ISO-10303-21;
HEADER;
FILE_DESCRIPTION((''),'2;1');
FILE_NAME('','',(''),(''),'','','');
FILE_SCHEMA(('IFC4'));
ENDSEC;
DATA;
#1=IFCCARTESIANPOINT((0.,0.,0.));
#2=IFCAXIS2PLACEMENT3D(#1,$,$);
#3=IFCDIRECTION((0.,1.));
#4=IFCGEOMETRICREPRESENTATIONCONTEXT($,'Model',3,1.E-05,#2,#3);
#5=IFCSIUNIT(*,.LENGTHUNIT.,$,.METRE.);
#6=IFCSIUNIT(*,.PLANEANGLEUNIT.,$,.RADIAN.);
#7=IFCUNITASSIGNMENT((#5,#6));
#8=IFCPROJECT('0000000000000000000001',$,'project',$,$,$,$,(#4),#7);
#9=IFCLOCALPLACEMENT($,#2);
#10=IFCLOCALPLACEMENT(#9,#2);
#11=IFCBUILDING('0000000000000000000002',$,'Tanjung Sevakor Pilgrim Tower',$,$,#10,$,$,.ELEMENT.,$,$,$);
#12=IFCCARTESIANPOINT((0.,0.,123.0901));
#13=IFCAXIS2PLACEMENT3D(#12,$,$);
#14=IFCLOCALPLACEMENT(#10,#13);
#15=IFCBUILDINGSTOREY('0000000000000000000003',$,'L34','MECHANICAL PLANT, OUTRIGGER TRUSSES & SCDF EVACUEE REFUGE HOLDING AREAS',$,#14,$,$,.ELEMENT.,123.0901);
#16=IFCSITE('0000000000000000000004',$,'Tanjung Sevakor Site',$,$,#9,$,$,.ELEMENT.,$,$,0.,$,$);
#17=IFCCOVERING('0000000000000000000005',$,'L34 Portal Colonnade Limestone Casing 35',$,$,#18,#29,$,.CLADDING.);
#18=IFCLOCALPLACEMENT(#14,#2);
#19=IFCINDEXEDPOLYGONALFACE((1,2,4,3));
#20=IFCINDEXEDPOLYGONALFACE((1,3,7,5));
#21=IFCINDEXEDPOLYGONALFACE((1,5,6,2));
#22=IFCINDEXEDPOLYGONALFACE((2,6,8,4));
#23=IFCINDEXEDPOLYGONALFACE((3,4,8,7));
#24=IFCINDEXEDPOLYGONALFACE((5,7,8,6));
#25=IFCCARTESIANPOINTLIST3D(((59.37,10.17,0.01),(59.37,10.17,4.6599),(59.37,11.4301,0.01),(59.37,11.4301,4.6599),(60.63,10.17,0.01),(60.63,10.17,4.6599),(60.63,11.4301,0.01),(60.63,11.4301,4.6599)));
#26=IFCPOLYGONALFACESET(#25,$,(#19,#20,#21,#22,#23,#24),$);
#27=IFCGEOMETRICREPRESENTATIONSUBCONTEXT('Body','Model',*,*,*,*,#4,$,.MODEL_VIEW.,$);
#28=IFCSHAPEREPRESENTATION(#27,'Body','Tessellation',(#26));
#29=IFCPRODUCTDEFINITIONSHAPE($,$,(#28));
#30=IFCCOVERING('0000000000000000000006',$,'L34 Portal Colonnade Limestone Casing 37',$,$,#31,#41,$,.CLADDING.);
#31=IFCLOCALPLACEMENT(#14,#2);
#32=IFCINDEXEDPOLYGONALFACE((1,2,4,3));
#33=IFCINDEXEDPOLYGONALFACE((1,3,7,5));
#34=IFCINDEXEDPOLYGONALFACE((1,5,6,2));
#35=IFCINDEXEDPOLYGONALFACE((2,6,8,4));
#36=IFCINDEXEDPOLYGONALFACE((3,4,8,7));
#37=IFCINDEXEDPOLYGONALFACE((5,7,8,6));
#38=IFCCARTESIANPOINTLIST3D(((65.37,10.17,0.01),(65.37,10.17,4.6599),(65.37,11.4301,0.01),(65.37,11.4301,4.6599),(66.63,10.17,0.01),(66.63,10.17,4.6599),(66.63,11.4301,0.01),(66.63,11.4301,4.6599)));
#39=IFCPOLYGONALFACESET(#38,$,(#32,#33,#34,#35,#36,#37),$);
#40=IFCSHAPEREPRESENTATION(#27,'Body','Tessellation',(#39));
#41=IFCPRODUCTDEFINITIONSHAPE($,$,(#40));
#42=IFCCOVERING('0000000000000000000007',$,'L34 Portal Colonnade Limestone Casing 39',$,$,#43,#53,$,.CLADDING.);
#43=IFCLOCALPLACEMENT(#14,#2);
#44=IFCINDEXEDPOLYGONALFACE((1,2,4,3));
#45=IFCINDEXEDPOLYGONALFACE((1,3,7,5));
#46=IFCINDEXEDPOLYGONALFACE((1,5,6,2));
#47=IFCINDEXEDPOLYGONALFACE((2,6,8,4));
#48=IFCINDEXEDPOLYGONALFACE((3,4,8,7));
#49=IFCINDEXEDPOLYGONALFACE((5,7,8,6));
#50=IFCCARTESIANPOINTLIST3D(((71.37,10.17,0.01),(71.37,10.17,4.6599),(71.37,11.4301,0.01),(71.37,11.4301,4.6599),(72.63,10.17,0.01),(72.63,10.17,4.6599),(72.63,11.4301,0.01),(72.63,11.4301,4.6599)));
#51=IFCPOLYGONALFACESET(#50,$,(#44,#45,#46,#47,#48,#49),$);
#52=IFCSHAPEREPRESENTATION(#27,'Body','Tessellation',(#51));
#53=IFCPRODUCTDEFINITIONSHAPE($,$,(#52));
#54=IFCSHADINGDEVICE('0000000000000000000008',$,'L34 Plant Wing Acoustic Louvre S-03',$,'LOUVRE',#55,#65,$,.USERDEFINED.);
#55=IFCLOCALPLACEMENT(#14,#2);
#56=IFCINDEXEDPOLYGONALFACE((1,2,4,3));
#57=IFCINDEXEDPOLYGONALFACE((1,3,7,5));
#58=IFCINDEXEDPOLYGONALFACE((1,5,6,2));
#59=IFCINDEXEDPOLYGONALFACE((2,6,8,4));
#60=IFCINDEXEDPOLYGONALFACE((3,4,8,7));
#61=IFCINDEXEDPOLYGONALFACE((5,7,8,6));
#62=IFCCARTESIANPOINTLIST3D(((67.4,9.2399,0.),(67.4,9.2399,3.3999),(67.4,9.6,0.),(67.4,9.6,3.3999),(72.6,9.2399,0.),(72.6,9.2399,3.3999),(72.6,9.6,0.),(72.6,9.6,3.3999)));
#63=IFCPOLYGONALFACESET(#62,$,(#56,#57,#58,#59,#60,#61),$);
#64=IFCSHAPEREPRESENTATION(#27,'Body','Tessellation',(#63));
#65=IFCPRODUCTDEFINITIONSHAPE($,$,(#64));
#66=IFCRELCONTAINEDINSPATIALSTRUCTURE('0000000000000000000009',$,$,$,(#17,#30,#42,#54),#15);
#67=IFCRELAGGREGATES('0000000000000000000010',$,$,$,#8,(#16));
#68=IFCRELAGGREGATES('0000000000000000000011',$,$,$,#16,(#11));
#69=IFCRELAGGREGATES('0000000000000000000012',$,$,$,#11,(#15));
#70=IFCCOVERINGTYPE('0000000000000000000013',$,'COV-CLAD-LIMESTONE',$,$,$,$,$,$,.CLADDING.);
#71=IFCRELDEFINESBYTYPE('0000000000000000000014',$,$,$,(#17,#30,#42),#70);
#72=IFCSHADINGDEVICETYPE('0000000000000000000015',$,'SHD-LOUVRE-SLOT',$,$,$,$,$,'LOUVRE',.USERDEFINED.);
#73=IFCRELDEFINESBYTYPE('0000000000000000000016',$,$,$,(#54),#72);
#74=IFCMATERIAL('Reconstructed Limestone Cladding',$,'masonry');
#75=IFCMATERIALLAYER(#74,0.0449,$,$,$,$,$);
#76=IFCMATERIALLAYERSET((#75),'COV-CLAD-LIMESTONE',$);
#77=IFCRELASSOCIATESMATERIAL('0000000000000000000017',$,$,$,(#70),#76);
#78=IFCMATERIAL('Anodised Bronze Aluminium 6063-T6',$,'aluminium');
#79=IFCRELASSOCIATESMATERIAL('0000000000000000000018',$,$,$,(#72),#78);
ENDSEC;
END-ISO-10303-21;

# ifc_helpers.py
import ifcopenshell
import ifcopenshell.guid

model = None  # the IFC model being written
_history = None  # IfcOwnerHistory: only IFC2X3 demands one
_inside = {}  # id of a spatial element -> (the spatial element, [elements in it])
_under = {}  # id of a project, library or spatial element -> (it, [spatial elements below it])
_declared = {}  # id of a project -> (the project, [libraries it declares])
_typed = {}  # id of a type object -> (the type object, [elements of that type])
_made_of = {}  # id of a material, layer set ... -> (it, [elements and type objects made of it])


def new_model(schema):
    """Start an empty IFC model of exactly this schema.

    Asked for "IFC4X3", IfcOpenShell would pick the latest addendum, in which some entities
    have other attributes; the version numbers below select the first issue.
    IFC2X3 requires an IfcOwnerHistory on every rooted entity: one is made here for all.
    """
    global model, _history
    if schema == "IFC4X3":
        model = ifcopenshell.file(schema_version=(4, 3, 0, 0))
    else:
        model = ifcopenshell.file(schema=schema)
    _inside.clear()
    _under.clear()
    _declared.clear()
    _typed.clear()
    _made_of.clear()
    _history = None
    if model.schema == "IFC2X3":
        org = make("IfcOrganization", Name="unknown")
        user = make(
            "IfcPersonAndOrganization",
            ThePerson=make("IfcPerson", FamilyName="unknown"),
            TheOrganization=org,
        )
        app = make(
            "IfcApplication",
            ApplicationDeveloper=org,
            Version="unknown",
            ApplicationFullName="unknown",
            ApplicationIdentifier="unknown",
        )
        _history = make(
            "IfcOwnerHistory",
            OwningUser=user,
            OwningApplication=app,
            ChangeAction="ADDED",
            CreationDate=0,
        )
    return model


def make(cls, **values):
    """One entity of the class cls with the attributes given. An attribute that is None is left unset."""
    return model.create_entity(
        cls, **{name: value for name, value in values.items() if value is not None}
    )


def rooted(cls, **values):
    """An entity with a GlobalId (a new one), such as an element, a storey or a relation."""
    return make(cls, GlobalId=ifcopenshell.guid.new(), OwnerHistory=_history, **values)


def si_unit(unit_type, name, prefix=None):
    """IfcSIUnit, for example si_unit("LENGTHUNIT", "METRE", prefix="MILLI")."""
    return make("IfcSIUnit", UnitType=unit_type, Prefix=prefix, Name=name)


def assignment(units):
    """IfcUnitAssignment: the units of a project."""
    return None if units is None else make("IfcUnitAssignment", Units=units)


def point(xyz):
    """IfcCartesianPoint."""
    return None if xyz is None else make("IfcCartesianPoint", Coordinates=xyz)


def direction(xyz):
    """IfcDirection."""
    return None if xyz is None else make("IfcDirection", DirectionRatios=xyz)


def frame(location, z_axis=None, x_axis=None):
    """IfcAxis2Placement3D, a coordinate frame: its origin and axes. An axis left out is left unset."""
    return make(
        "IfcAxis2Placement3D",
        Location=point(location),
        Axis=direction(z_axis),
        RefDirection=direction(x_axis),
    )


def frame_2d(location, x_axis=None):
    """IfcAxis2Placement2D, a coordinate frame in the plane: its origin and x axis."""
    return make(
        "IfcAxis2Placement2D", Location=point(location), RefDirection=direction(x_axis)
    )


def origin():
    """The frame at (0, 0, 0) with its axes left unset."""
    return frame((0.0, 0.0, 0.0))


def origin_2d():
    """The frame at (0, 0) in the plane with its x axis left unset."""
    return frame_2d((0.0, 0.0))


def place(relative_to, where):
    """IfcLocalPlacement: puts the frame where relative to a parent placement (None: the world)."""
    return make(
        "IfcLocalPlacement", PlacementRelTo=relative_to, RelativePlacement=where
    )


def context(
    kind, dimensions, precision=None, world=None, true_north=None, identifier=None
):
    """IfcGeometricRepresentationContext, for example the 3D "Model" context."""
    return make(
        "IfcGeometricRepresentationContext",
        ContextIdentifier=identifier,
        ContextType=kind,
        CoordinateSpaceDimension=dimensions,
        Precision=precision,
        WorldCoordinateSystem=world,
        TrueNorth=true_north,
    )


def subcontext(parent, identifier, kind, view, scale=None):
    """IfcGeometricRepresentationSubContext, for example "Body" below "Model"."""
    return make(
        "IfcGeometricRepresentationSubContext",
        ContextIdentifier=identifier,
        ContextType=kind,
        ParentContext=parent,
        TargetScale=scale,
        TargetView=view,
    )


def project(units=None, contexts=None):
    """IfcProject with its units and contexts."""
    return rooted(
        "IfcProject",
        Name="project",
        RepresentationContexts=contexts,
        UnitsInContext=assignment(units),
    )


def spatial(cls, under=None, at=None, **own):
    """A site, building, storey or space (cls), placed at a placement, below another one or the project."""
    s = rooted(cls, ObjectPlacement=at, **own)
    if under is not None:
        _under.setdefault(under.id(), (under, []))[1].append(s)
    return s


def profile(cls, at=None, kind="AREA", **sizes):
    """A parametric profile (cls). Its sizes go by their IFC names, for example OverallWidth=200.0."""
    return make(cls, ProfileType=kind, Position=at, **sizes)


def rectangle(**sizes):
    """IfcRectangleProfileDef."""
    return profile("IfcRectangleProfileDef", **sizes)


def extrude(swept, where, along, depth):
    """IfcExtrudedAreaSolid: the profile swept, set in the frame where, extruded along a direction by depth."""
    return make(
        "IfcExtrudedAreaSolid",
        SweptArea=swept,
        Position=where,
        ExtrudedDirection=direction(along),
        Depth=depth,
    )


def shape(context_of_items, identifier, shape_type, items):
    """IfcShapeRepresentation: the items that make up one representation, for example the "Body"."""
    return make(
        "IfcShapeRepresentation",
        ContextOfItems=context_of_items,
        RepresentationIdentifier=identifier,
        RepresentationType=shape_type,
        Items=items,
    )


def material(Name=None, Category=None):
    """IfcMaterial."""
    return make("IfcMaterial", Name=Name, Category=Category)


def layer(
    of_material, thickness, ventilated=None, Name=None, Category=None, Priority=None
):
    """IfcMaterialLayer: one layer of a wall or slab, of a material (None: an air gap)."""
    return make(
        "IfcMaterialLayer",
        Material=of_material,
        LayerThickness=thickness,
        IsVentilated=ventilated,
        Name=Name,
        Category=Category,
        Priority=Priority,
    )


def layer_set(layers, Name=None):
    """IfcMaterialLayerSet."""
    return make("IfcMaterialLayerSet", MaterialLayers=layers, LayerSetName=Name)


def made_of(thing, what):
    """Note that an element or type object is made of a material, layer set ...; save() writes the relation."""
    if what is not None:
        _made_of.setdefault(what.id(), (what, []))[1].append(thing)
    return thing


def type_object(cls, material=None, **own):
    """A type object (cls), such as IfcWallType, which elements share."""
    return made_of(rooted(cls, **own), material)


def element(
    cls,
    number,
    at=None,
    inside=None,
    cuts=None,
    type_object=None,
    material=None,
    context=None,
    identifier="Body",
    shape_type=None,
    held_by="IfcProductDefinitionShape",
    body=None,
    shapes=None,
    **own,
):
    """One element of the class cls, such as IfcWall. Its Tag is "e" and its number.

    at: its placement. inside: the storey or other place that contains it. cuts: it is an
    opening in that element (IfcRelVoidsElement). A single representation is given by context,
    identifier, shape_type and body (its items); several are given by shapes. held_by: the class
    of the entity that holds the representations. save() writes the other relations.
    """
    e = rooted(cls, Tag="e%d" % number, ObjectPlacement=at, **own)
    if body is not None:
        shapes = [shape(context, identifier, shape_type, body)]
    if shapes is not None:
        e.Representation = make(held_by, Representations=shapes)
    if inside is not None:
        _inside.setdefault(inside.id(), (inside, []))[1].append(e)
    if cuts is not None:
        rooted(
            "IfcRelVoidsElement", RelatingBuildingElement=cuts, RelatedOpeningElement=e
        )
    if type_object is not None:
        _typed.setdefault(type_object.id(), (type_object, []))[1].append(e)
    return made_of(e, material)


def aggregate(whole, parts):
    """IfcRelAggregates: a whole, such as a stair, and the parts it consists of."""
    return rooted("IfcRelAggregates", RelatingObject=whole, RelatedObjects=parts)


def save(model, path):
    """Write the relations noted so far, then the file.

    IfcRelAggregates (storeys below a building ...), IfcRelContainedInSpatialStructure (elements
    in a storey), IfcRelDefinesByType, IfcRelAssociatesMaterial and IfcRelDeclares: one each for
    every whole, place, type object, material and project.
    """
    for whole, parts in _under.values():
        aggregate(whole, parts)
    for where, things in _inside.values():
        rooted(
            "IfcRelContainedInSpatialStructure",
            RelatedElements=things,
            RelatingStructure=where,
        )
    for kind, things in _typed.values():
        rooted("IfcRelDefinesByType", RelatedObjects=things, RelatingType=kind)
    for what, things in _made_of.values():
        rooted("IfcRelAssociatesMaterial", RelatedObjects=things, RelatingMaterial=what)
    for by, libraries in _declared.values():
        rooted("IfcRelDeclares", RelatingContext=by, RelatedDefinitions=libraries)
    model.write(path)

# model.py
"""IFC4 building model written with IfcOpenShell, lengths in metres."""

from ifc_helpers import new_model, si_unit, direction, frame, origin, origin_2d, place, context, subcontext, project, spatial, rectangle, extrude, material, layer, layer_set, type_object, element, save


model = new_model("IFC4")

# Units and contexts
model_context = context("Model", 3, precision=1e-05, world=origin(), true_north=direction((0.0, 1.0)))
body_context = subcontext(model_context, "Body", "Model", "MODEL_VIEW")
ifc_project = project(units=[si_unit("LENGTHUNIT", "METRE"), si_unit("PLANEANGLEUNIT", "RADIAN")], contexts=[model_context])

# Site, building, storey
site_placement = place(None, origin())
site = spatial("IfcSite", under=ifc_project, at=site_placement, Name="Tanjung Sevakor Site", CompositionType="ELEMENT", RefElevation=0.0)
building_placement = place(site_placement, origin())
building = spatial("IfcBuilding", under=site, at=building_placement, Name="Tanjung Sevakor Pilgrim Tower", CompositionType="ELEMENT")
storey_placement = place(building_placement, frame((0.0, 0.0, 123.0901)))
storey = spatial("IfcBuildingStorey", under=building, at=storey_placement, Name="L34", Description="MECHANICAL PLANT, OUTRIGGER TRUSSES & SCDF EVACUEE REFUGE HOLDING AREAS", CompositionType="ELEMENT", Elevation=123.0901)

# Coverings
ifc_material_1 = material(Name="Reconstructed Limestone Cladding", Category="masonry")
ifc_layer_1 = layer(ifc_material_1, 0.0449)
ifc_layer_set_1 = layer_set([ifc_layer_1], Name="COV-CLAD-LIMESTONE")
covering_type = type_object("IfcCoveringType", Name="COV-CLAD-LIMESTONE", PredefinedType="CLADDING", material=ifc_layer_set_1)
for number, where, z_axis, x_axis, name in (
    (1, (60.0, 10.8, 0.01), (0.0, 0.0, 1.0), (1.0, 0.0, 0.0), "L34 Portal Colonnade Limestone Casing 35"),
    (2, (66.0, 10.8, 0.01), (0.0, 0.0, 1.0), (1.0, 0.0, 0.0), "L34 Portal Colonnade Limestone Casing 37"),
    (3, (72.0, 10.8, 0.01), (0.0, 0.0, 1.0), (1.0, 0.0, 0.0), "L34 Portal Colonnade Limestone Casing 39"),
):
    element("IfcCovering", number, at=place(storey_placement, frame(where, z_axis=z_axis, x_axis=x_axis)), inside=storey, type_object=covering_type, Name=name, PredefinedType="CLADDING", context=body_context, shape_type="SweptSolid", body=[
        extrude(rectangle(XDim=1.26, YDim=1.26, at=origin_2d()), origin(), (0.0, 0.0, 1.0), 4.6499),
    ])

# Shading device
ifc_material_2 = material(Name="Anodised Bronze Aluminium 6063-T6", Category="aluminium")
shading_device_type = type_object("IfcShadingDeviceType", Name="SHD-LOUVRE-SLOT", ElementType="LOUVRE", PredefinedType="USERDEFINED", material=ifc_material_2)
shading_device_placement = place(storey_placement, frame((70.0, 9.4199, 0.0), z_axis=(0.0, 0.0, 1.0), x_axis=(1.0, 0.0, 0.0)))
element("IfcShadingDevice", 4, at=shading_device_placement, inside=storey, type_object=shading_device_type, Name="L34 Plant Wing Acoustic Louvre S-03", ObjectType="LOUVRE", PredefinedType="USERDEFINED", context=body_context, shape_type="SweptSolid", body=[
    extrude(rectangle(XDim=5.2, YDim=0.3601, at=origin_2d()), origin(), (0.0, 0.0, 1.0), 3.3999),
])

save(model, "model.ifc")
